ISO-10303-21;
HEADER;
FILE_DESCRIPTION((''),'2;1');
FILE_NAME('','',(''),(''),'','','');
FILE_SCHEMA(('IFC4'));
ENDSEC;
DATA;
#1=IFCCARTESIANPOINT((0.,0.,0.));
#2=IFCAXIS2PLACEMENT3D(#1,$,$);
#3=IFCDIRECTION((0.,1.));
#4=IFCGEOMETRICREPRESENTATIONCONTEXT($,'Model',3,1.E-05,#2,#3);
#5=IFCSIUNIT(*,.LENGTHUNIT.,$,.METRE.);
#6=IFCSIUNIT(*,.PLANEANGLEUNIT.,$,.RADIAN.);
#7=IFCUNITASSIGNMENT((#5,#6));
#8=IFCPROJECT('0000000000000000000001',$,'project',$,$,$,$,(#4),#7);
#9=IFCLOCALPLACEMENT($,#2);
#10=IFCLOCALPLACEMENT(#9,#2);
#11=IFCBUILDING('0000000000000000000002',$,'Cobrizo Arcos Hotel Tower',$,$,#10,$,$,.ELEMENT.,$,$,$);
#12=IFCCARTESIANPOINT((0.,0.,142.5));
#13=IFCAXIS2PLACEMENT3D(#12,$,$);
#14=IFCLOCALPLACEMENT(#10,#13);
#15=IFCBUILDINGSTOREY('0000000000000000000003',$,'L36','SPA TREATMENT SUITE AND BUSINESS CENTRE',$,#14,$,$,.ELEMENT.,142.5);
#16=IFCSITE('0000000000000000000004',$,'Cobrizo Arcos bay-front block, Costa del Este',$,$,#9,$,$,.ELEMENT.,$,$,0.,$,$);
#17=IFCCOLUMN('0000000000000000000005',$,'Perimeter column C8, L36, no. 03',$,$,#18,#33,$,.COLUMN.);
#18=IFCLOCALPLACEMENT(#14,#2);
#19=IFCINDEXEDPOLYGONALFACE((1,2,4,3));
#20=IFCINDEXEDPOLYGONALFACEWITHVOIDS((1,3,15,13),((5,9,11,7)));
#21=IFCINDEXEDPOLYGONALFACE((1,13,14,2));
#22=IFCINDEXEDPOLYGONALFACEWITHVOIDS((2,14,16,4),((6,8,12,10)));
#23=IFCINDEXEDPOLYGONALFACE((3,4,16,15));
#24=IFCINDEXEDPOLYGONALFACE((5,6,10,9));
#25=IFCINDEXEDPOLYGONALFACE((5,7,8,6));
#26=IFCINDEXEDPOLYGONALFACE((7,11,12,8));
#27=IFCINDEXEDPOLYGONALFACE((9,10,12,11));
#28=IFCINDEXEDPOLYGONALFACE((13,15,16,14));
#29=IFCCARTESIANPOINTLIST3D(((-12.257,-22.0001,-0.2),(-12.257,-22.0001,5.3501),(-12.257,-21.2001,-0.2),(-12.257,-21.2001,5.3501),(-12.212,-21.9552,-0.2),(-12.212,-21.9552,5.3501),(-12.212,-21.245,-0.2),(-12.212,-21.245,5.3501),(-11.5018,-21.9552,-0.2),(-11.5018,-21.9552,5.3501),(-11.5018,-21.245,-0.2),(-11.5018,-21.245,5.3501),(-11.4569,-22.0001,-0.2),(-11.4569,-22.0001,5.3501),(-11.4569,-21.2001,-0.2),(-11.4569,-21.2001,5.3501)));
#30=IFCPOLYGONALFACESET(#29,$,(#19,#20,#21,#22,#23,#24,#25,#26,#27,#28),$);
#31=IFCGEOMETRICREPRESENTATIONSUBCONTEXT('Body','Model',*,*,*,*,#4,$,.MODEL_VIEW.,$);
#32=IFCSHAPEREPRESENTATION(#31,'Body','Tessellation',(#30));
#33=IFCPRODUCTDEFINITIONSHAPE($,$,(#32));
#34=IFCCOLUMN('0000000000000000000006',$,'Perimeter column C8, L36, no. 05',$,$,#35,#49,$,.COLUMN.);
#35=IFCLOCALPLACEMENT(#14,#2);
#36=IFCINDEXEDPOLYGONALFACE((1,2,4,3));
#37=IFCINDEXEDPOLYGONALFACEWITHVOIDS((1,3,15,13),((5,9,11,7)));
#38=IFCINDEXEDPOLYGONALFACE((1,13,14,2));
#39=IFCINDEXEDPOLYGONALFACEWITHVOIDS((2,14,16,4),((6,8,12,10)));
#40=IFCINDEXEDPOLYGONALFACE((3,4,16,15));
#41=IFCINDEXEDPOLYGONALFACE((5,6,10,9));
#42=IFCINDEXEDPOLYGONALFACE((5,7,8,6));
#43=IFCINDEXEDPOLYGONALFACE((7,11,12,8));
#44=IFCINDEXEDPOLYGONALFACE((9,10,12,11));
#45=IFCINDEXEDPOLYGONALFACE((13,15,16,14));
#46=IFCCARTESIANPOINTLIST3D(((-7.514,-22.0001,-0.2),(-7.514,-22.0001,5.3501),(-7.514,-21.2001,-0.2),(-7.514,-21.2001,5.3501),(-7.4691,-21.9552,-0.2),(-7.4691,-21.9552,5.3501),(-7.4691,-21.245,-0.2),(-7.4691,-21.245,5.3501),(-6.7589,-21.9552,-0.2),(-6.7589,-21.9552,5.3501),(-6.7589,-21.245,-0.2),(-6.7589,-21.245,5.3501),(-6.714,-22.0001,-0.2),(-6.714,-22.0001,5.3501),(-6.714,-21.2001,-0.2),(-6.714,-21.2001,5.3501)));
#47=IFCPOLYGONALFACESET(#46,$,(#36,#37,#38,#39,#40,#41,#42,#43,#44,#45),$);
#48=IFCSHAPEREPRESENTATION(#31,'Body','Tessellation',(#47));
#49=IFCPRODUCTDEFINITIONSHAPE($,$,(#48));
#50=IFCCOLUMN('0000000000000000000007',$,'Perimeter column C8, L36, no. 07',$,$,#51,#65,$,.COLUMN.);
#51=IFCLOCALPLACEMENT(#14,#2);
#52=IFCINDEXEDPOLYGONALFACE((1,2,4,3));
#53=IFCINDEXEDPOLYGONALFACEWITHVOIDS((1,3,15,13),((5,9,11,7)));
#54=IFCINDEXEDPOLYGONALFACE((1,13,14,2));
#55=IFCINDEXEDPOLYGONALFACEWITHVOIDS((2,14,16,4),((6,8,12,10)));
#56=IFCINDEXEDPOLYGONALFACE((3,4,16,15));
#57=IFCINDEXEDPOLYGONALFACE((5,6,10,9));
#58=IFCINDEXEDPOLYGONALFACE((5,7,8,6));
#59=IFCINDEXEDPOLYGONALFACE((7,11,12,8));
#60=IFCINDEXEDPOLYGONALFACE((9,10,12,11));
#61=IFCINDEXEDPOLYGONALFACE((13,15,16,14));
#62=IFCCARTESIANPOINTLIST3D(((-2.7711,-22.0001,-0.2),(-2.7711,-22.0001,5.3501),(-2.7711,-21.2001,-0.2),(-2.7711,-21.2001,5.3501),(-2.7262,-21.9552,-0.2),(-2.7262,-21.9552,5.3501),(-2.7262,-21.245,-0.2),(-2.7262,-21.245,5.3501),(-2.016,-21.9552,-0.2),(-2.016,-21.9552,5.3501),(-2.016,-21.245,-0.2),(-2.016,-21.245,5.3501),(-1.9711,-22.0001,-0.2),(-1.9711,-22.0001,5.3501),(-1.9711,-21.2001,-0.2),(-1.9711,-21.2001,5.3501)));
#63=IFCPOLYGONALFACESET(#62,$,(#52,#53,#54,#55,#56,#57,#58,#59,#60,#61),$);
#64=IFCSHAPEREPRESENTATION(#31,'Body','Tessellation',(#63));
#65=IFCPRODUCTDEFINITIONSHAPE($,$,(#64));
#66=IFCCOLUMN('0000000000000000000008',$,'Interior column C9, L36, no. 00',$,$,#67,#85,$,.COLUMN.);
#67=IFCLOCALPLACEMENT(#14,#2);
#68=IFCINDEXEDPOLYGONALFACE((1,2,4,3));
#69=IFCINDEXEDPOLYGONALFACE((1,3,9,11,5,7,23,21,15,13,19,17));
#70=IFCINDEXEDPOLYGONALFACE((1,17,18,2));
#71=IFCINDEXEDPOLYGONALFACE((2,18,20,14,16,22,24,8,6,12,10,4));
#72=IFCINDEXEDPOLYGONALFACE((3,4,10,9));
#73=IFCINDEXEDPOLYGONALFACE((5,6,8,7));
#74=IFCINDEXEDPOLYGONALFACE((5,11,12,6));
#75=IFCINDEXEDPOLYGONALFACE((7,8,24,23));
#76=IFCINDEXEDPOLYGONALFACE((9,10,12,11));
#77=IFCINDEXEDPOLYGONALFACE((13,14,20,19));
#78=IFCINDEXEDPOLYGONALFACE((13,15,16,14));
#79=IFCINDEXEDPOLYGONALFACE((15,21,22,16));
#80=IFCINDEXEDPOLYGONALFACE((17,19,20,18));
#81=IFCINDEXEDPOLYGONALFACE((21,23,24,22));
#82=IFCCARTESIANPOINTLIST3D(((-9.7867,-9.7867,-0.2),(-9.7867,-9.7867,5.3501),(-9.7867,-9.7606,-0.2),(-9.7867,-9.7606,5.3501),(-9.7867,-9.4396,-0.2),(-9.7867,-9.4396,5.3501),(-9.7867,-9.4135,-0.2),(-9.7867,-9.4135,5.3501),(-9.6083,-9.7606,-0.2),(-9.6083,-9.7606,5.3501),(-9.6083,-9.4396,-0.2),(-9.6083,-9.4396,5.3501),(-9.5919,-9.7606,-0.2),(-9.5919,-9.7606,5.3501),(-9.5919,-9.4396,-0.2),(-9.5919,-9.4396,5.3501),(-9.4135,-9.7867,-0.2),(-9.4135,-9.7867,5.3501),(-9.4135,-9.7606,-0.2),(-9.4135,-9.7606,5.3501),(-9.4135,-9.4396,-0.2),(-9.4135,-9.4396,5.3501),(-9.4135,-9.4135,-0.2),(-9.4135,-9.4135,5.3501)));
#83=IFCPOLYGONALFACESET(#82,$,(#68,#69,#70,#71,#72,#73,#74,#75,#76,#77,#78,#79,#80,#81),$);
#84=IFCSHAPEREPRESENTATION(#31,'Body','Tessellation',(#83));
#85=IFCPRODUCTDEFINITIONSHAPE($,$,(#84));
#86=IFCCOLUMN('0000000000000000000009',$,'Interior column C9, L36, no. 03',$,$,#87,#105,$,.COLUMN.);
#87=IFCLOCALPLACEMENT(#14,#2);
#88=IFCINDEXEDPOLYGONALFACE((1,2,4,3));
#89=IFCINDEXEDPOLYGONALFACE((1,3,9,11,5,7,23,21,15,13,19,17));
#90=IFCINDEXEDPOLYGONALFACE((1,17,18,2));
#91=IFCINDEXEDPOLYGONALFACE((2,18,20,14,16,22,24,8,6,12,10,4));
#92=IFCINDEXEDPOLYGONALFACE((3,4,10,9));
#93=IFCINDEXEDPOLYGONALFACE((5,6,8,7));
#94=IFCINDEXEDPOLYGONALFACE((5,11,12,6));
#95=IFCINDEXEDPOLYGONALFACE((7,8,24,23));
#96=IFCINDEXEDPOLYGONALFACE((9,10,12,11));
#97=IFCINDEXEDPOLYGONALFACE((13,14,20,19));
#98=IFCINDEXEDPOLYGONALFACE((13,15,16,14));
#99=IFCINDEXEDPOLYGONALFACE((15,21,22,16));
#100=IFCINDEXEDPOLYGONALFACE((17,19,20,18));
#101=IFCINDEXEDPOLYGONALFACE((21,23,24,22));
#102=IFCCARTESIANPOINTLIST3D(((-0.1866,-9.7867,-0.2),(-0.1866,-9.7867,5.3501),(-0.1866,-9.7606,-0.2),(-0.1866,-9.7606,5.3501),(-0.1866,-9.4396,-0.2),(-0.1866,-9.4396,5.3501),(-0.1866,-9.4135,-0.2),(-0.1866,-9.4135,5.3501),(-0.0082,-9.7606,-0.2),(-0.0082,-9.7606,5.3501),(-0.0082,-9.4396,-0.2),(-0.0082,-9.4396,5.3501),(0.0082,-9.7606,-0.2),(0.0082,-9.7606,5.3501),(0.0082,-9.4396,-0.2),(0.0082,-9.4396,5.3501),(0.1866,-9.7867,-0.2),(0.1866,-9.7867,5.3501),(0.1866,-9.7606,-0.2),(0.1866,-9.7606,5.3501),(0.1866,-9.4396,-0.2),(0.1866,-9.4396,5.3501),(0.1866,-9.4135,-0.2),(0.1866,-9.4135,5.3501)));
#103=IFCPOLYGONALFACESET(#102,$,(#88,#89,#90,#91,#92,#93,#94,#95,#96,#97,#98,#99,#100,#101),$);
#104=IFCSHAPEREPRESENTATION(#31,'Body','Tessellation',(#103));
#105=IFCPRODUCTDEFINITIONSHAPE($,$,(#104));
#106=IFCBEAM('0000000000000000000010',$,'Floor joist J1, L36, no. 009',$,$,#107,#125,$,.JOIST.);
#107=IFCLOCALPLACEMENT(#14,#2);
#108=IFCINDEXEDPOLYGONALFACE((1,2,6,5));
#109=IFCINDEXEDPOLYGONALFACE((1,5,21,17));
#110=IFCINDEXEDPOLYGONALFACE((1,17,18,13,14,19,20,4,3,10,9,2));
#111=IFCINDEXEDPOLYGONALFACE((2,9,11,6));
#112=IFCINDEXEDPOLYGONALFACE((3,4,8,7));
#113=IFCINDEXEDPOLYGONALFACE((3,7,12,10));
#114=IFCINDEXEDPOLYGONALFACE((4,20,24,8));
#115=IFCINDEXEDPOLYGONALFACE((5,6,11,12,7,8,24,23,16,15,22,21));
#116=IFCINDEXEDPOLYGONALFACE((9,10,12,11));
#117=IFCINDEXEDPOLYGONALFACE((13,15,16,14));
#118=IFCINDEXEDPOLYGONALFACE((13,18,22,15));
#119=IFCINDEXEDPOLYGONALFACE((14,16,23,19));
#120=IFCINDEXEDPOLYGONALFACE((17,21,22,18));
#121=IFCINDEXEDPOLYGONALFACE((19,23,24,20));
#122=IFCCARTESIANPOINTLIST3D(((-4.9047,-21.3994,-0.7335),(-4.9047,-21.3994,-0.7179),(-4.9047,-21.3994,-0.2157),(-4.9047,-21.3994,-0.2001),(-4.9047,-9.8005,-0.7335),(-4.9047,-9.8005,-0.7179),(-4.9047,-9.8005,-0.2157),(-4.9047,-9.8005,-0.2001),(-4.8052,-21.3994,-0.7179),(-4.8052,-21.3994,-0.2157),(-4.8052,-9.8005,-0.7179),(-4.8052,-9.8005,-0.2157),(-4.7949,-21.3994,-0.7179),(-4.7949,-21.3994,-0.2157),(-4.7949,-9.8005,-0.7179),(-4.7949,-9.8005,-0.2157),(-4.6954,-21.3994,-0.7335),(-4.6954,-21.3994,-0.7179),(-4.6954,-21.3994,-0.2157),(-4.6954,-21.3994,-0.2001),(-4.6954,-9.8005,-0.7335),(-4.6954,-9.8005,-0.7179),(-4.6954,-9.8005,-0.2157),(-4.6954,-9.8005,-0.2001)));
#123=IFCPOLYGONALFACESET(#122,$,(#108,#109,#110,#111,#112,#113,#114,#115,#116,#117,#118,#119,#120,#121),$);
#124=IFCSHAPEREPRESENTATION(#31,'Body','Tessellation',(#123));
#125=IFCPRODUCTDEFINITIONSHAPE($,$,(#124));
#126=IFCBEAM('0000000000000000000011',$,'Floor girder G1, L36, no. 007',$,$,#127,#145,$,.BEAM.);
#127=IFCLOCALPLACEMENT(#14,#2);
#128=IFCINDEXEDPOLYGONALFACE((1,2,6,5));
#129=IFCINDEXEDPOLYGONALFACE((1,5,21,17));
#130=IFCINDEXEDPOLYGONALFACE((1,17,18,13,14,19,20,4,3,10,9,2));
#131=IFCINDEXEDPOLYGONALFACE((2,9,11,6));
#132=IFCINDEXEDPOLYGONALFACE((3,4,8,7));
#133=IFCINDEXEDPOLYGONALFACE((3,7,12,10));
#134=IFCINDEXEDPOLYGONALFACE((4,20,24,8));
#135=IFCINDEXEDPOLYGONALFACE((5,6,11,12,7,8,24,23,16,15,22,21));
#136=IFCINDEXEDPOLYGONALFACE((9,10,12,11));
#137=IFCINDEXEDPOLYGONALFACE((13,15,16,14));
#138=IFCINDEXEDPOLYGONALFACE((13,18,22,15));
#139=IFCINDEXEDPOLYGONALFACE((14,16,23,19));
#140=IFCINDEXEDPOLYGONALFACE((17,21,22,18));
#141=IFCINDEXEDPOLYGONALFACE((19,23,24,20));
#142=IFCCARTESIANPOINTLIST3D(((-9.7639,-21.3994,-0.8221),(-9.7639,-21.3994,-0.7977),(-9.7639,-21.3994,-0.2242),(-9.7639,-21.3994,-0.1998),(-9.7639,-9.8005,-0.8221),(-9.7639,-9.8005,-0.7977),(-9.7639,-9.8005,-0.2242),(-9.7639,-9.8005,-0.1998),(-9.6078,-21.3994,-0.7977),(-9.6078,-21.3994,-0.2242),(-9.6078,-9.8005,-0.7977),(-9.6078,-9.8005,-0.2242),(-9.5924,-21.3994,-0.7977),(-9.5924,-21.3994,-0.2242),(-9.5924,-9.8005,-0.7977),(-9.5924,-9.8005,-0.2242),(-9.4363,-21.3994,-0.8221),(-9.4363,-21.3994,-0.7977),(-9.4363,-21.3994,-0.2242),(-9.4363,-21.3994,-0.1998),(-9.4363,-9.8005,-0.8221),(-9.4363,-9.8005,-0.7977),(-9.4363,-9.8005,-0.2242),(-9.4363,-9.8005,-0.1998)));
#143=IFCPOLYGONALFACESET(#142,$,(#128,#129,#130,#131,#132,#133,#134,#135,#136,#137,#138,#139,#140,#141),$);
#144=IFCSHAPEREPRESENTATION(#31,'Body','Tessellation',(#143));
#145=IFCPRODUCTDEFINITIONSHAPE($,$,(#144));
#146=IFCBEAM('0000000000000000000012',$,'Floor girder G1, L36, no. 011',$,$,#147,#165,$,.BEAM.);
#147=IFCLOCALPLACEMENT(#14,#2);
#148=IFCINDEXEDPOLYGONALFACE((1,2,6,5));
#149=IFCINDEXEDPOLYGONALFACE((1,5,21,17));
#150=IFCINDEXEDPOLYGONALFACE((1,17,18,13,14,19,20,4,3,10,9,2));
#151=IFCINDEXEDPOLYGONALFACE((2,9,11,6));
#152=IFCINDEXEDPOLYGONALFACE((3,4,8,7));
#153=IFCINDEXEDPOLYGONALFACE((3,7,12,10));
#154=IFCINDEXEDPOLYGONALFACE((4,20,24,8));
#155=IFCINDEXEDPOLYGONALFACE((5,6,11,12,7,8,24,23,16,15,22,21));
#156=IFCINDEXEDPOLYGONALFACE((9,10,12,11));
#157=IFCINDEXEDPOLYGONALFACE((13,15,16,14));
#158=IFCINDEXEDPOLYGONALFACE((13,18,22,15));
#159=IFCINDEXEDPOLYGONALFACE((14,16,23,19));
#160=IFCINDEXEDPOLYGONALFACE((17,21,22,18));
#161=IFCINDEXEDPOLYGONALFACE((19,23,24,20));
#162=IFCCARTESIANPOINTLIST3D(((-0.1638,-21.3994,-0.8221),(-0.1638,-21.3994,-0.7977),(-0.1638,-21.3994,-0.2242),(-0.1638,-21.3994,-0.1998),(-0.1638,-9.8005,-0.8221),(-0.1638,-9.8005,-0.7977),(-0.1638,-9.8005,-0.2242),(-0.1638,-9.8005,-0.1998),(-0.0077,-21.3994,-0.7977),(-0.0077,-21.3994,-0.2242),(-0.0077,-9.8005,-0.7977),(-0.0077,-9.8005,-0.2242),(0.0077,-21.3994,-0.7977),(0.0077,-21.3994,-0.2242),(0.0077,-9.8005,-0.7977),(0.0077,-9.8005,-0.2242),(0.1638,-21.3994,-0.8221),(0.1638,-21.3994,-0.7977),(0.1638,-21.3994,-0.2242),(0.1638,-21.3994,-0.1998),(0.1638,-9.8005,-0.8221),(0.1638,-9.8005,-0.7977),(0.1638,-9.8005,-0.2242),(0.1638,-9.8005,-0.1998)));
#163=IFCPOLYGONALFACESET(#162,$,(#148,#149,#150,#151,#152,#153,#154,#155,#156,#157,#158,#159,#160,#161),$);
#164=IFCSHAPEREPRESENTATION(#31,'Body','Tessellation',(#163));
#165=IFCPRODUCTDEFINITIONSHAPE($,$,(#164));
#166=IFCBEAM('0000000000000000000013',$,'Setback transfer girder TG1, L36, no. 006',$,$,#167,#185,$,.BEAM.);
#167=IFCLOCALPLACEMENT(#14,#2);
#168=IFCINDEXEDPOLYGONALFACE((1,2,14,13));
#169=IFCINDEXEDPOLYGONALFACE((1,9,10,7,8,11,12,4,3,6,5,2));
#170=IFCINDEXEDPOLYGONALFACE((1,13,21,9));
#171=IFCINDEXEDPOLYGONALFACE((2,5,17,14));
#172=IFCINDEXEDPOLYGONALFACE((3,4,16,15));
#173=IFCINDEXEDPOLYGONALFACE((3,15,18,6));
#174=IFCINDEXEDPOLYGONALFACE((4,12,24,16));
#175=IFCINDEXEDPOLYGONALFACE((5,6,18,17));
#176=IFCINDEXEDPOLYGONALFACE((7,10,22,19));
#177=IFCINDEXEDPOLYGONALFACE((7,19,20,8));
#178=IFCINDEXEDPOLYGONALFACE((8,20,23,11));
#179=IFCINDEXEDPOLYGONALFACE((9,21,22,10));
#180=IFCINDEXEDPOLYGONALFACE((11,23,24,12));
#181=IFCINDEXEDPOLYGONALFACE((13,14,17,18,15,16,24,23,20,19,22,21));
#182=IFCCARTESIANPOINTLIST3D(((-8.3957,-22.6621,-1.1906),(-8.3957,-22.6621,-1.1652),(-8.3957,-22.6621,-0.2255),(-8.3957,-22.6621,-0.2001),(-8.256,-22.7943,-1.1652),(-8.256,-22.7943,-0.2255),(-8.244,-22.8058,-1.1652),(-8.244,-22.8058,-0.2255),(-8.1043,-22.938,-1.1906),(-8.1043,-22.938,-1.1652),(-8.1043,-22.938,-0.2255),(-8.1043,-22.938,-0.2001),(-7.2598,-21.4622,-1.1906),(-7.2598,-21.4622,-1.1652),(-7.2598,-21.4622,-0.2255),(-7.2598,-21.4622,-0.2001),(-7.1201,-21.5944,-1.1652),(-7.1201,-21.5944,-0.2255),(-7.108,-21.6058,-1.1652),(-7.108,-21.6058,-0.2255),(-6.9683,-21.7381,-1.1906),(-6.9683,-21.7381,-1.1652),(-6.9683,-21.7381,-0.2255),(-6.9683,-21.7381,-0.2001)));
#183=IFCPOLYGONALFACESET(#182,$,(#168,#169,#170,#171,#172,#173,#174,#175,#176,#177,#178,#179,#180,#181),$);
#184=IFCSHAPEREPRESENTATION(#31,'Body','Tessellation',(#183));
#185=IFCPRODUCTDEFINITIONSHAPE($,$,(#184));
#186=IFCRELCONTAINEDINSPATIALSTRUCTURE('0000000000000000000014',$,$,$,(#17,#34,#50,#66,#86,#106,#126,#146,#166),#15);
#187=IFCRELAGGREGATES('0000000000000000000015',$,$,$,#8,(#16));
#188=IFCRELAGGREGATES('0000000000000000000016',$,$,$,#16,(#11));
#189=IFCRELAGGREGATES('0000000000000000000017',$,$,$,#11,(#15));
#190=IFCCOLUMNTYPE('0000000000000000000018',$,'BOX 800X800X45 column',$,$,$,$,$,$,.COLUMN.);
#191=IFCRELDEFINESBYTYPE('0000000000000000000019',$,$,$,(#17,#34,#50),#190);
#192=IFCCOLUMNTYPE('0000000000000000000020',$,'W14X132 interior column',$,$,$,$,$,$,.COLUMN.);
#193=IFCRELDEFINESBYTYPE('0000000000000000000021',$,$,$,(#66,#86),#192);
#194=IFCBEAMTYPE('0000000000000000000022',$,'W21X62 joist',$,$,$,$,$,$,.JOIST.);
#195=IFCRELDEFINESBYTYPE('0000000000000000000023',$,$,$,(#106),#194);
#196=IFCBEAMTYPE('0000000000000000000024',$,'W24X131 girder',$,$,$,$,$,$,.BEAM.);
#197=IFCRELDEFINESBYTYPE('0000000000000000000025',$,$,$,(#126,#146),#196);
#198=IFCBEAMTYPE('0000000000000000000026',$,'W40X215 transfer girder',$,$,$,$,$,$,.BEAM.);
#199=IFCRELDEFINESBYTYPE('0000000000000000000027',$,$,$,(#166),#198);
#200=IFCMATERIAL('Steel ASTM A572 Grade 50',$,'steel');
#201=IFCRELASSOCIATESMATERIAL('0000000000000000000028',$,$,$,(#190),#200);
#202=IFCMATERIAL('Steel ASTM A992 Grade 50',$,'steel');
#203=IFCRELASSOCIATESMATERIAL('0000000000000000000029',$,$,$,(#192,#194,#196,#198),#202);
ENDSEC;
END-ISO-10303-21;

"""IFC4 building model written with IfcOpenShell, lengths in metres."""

from ifc_helpers import new_model, si_unit, direction, frame, origin, origin_2d, place, context, subcontext, project, spatial, hollow_rectangle, i_section, extrude, material, material_profile, profile_set, type_object, element, save


model = new_model("IFC4")

# Units and contexts
model_context = context("Model", 3, precision=1e-05, world=origin(), true_north=direction((0.0, 1.0)))
body_context = subcontext(model_context, "Body", "Model", "MODEL_VIEW")
ifc_project = project(units=[si_unit("LENGTHUNIT", "METRE"), si_unit("PLANEANGLEUNIT", "RADIAN")], contexts=[model_context])

# Site, building, storey
site_placement = place(None, origin())
site = spatial("IfcSite", under=ifc_project, at=site_placement, Name="Cobrizo Arcos bay-front block, Costa del Este", CompositionType="ELEMENT", RefElevation=0.0)
building_placement = place(site_placement, origin())
building = spatial("IfcBuilding", under=site, at=building_placement, Name="Cobrizo Arcos Hotel Tower", CompositionType="ELEMENT")
storey_placement = place(building_placement, frame((0.0, 0.0, 142.5)))
storey = spatial("IfcBuildingStorey", under=building, at=storey_placement, Name="L36", Description="SPA TREATMENT SUITE AND BUSINESS CENTRE", CompositionType="ELEMENT", Elevation=142.5)

# Columns
ifc_material_1 = material(Name="Steel ASTM A572 Grade 50", Category="steel")
ifc_material_profile_1 = material_profile(ifc_material_1, hollow_rectangle(XDim=0.8, YDim=0.8, WallThickness=0.0449, at=origin_2d()), Name="BOX 800X800X45")
ifc_profile_set_1 = profile_set([ifc_material_profile_1], Name="Steel ASTM A572 Grade 50")
column_type_1 = type_object("IfcColumnType", Name="BOX 800X800X45 column", PredefinedType="COLUMN", material=ifc_profile_set_1)
for number, where, z_axis, x_axis, name in (
    (1, (-11.8569, -21.6001, -0.2), (0.0, 0.0, 1.0), (1.0, 0.0, 0.0), "Perimeter column C8, L36, no. 03"),
    (2, (-7.114, -21.6001, -0.2), (0.0, 0.0, 1.0), (1.0, 0.0, 0.0), "Perimeter column C8, L36, no. 05"),
    (3, (-2.3711, -21.6001, -0.2), (0.0, 0.0, 1.0), (1.0, 0.0, 0.0), "Perimeter column C8, L36, no. 07"),
):
    element("IfcColumn", number, at=place(storey_placement, frame(where, z_axis=z_axis, x_axis=x_axis)), inside=storey, type_object=column_type_1, Name=name, PredefinedType="COLUMN", context=body_context, shape_type="SweptSolid", body=[
        extrude(hollow_rectangle(XDim=0.8, YDim=0.8, WallThickness=0.0449, at=origin_2d()), origin(), (0.0, 0.0, 1.0), 5.55),
    ])
ifc_material_2 = material(Name="Steel ASTM A992 Grade 50", Category="steel")
ifc_material_profile_2 = material_profile(ifc_material_2, i_section(OverallWidth=0.3733, OverallDepth=0.3733, WebThickness=0.0164, FlangeThickness=0.0261, at=origin_2d()), Name="W14X132")
ifc_profile_set_2 = profile_set([ifc_material_profile_2], Name="Steel ASTM A992 Grade 50")
column_type_2 = type_object("IfcColumnType", Name="W14X132 interior column", PredefinedType="COLUMN", material=ifc_profile_set_2)
for number, where, z_axis, x_axis, name in (
    (4, (-9.6001, -9.6001, -0.2), (0.0, 0.0, 1.0), (1.0, 0.0, 0.0), "Interior column C9, L36, no. 00"),
    (5, (0.0, -9.6001, -0.2), (0.0, 0.0, 1.0), (1.0, 0.0, 0.0), "Interior column C9, L36, no. 03"),
):
    element("IfcColumn", number, at=place(storey_placement, frame(where, z_axis=z_axis, x_axis=x_axis)), inside=storey, type_object=column_type_2, Name=name, PredefinedType="COLUMN", context=body_context, shape_type="SweptSolid", body=[
        extrude(i_section(OverallWidth=0.3733, OverallDepth=0.3733, WebThickness=0.0164, FlangeThickness=0.0261, at=origin_2d()), origin(), (0.0, 0.0, 1.0), 5.55),
    ])

# Beams
ifc_material_profile_3 = material_profile(ifc_material_2, i_section(OverallWidth=0.2092, OverallDepth=0.5334, WebThickness=0.0103, FlangeThickness=0.0156, at=origin_2d()), Name="W21X62")
ifc_profile_set_3 = profile_set([ifc_material_profile_3], Name="Steel ASTM A992 Grade 50")
beam_type_1 = type_object("IfcBeamType", Name="W21X62 joist", PredefinedType="JOIST", material=ifc_profile_set_3)
beam_1_placement = place(storey_placement, frame((-4.8, -21.3994, -0.4668), z_axis=(0.0, 1.0, 0.0), x_axis=(-1.0, 0.0, 0.0)))
element("IfcBeam", 6, at=beam_1_placement, inside=storey, type_object=beam_type_1, Name="Floor joist J1, L36, no. 009", PredefinedType="JOIST", context=body_context, shape_type="SweptSolid", body=[
    extrude(i_section(OverallWidth=0.2092, OverallDepth=0.5334, WebThickness=0.0103, FlangeThickness=0.0156, at=origin_2d()), origin(), (0.0, 0.0, 1.0), 11.5989),
])
ifc_material_profile_4 = material_profile(ifc_material_2, i_section(OverallWidth=0.3276, OverallDepth=0.6223, WebThickness=0.0154, FlangeThickness=0.0244, at=origin_2d()), Name="W24X131")
ifc_profile_set_4 = profile_set([ifc_material_profile_4], Name="Steel ASTM A992 Grade 50")
beam_type_2 = type_object("IfcBeamType", Name="W24X131 girder", PredefinedType="BEAM", material=ifc_profile_set_4)
for number, where, z_axis, x_axis, name in (
    (7, (-9.6001, -21.3994, -0.511), (0.0, 1.0, 0.0), (-1.0, 0.0, 0.0), "Floor girder G1, L36, no. 007"),
    (8, (0.0, -21.3994, -0.511), (0.0, 1.0, 0.0), (-1.0, 0.0, 0.0), "Floor girder G1, L36, no. 011"),
):
    element("IfcBeam", number, at=place(storey_placement, frame(where, z_axis=z_axis, x_axis=x_axis)), inside=storey, type_object=beam_type_2, Name=name, PredefinedType="BEAM", context=body_context, shape_type="SweptSolid", body=[
        extrude(i_section(OverallWidth=0.3276, OverallDepth=0.6223, WebThickness=0.0154, FlangeThickness=0.0244, at=origin_2d()), origin(), (0.0, 0.0, 1.0), 11.5989),
    ])
ifc_material_profile_5 = material_profile(ifc_material_2, i_section(OverallWidth=0.4014, OverallDepth=0.9905, WebThickness=0.0166, FlangeThickness=0.0254, at=origin_2d()), Name="W40X215")
ifc_profile_set_5 = profile_set([ifc_material_profile_5], Name="Steel ASTM A992 Grade 50")
beam_type_3 = type_object("IfcBeamType", Name="W40X215 transfer girder", PredefinedType="BEAM", material=ifc_profile_set_5)
beam_2_placement = place(storey_placement, frame((-8.25, -22.8, -0.6953), z_axis=(0.687486, 0.726197, 0.0), x_axis=(-0.726197, 0.687486, 0.0)))
element("IfcBeam", 9, at=beam_2_placement, inside=storey, type_object=beam_type_3, Name="Setback transfer girder TG1, L36, no. 006", PredefinedType="BEAM", context=body_context, shape_type="SweptSolid", body=[
    extrude(i_section(OverallWidth=0.4014, OverallDepth=0.9905, WebThickness=0.0166, FlangeThickness=0.0254, at=origin_2d()), origin(), (0.0, 0.0, 1.0), 1.6523),
])

save(model, "model.ifc")
